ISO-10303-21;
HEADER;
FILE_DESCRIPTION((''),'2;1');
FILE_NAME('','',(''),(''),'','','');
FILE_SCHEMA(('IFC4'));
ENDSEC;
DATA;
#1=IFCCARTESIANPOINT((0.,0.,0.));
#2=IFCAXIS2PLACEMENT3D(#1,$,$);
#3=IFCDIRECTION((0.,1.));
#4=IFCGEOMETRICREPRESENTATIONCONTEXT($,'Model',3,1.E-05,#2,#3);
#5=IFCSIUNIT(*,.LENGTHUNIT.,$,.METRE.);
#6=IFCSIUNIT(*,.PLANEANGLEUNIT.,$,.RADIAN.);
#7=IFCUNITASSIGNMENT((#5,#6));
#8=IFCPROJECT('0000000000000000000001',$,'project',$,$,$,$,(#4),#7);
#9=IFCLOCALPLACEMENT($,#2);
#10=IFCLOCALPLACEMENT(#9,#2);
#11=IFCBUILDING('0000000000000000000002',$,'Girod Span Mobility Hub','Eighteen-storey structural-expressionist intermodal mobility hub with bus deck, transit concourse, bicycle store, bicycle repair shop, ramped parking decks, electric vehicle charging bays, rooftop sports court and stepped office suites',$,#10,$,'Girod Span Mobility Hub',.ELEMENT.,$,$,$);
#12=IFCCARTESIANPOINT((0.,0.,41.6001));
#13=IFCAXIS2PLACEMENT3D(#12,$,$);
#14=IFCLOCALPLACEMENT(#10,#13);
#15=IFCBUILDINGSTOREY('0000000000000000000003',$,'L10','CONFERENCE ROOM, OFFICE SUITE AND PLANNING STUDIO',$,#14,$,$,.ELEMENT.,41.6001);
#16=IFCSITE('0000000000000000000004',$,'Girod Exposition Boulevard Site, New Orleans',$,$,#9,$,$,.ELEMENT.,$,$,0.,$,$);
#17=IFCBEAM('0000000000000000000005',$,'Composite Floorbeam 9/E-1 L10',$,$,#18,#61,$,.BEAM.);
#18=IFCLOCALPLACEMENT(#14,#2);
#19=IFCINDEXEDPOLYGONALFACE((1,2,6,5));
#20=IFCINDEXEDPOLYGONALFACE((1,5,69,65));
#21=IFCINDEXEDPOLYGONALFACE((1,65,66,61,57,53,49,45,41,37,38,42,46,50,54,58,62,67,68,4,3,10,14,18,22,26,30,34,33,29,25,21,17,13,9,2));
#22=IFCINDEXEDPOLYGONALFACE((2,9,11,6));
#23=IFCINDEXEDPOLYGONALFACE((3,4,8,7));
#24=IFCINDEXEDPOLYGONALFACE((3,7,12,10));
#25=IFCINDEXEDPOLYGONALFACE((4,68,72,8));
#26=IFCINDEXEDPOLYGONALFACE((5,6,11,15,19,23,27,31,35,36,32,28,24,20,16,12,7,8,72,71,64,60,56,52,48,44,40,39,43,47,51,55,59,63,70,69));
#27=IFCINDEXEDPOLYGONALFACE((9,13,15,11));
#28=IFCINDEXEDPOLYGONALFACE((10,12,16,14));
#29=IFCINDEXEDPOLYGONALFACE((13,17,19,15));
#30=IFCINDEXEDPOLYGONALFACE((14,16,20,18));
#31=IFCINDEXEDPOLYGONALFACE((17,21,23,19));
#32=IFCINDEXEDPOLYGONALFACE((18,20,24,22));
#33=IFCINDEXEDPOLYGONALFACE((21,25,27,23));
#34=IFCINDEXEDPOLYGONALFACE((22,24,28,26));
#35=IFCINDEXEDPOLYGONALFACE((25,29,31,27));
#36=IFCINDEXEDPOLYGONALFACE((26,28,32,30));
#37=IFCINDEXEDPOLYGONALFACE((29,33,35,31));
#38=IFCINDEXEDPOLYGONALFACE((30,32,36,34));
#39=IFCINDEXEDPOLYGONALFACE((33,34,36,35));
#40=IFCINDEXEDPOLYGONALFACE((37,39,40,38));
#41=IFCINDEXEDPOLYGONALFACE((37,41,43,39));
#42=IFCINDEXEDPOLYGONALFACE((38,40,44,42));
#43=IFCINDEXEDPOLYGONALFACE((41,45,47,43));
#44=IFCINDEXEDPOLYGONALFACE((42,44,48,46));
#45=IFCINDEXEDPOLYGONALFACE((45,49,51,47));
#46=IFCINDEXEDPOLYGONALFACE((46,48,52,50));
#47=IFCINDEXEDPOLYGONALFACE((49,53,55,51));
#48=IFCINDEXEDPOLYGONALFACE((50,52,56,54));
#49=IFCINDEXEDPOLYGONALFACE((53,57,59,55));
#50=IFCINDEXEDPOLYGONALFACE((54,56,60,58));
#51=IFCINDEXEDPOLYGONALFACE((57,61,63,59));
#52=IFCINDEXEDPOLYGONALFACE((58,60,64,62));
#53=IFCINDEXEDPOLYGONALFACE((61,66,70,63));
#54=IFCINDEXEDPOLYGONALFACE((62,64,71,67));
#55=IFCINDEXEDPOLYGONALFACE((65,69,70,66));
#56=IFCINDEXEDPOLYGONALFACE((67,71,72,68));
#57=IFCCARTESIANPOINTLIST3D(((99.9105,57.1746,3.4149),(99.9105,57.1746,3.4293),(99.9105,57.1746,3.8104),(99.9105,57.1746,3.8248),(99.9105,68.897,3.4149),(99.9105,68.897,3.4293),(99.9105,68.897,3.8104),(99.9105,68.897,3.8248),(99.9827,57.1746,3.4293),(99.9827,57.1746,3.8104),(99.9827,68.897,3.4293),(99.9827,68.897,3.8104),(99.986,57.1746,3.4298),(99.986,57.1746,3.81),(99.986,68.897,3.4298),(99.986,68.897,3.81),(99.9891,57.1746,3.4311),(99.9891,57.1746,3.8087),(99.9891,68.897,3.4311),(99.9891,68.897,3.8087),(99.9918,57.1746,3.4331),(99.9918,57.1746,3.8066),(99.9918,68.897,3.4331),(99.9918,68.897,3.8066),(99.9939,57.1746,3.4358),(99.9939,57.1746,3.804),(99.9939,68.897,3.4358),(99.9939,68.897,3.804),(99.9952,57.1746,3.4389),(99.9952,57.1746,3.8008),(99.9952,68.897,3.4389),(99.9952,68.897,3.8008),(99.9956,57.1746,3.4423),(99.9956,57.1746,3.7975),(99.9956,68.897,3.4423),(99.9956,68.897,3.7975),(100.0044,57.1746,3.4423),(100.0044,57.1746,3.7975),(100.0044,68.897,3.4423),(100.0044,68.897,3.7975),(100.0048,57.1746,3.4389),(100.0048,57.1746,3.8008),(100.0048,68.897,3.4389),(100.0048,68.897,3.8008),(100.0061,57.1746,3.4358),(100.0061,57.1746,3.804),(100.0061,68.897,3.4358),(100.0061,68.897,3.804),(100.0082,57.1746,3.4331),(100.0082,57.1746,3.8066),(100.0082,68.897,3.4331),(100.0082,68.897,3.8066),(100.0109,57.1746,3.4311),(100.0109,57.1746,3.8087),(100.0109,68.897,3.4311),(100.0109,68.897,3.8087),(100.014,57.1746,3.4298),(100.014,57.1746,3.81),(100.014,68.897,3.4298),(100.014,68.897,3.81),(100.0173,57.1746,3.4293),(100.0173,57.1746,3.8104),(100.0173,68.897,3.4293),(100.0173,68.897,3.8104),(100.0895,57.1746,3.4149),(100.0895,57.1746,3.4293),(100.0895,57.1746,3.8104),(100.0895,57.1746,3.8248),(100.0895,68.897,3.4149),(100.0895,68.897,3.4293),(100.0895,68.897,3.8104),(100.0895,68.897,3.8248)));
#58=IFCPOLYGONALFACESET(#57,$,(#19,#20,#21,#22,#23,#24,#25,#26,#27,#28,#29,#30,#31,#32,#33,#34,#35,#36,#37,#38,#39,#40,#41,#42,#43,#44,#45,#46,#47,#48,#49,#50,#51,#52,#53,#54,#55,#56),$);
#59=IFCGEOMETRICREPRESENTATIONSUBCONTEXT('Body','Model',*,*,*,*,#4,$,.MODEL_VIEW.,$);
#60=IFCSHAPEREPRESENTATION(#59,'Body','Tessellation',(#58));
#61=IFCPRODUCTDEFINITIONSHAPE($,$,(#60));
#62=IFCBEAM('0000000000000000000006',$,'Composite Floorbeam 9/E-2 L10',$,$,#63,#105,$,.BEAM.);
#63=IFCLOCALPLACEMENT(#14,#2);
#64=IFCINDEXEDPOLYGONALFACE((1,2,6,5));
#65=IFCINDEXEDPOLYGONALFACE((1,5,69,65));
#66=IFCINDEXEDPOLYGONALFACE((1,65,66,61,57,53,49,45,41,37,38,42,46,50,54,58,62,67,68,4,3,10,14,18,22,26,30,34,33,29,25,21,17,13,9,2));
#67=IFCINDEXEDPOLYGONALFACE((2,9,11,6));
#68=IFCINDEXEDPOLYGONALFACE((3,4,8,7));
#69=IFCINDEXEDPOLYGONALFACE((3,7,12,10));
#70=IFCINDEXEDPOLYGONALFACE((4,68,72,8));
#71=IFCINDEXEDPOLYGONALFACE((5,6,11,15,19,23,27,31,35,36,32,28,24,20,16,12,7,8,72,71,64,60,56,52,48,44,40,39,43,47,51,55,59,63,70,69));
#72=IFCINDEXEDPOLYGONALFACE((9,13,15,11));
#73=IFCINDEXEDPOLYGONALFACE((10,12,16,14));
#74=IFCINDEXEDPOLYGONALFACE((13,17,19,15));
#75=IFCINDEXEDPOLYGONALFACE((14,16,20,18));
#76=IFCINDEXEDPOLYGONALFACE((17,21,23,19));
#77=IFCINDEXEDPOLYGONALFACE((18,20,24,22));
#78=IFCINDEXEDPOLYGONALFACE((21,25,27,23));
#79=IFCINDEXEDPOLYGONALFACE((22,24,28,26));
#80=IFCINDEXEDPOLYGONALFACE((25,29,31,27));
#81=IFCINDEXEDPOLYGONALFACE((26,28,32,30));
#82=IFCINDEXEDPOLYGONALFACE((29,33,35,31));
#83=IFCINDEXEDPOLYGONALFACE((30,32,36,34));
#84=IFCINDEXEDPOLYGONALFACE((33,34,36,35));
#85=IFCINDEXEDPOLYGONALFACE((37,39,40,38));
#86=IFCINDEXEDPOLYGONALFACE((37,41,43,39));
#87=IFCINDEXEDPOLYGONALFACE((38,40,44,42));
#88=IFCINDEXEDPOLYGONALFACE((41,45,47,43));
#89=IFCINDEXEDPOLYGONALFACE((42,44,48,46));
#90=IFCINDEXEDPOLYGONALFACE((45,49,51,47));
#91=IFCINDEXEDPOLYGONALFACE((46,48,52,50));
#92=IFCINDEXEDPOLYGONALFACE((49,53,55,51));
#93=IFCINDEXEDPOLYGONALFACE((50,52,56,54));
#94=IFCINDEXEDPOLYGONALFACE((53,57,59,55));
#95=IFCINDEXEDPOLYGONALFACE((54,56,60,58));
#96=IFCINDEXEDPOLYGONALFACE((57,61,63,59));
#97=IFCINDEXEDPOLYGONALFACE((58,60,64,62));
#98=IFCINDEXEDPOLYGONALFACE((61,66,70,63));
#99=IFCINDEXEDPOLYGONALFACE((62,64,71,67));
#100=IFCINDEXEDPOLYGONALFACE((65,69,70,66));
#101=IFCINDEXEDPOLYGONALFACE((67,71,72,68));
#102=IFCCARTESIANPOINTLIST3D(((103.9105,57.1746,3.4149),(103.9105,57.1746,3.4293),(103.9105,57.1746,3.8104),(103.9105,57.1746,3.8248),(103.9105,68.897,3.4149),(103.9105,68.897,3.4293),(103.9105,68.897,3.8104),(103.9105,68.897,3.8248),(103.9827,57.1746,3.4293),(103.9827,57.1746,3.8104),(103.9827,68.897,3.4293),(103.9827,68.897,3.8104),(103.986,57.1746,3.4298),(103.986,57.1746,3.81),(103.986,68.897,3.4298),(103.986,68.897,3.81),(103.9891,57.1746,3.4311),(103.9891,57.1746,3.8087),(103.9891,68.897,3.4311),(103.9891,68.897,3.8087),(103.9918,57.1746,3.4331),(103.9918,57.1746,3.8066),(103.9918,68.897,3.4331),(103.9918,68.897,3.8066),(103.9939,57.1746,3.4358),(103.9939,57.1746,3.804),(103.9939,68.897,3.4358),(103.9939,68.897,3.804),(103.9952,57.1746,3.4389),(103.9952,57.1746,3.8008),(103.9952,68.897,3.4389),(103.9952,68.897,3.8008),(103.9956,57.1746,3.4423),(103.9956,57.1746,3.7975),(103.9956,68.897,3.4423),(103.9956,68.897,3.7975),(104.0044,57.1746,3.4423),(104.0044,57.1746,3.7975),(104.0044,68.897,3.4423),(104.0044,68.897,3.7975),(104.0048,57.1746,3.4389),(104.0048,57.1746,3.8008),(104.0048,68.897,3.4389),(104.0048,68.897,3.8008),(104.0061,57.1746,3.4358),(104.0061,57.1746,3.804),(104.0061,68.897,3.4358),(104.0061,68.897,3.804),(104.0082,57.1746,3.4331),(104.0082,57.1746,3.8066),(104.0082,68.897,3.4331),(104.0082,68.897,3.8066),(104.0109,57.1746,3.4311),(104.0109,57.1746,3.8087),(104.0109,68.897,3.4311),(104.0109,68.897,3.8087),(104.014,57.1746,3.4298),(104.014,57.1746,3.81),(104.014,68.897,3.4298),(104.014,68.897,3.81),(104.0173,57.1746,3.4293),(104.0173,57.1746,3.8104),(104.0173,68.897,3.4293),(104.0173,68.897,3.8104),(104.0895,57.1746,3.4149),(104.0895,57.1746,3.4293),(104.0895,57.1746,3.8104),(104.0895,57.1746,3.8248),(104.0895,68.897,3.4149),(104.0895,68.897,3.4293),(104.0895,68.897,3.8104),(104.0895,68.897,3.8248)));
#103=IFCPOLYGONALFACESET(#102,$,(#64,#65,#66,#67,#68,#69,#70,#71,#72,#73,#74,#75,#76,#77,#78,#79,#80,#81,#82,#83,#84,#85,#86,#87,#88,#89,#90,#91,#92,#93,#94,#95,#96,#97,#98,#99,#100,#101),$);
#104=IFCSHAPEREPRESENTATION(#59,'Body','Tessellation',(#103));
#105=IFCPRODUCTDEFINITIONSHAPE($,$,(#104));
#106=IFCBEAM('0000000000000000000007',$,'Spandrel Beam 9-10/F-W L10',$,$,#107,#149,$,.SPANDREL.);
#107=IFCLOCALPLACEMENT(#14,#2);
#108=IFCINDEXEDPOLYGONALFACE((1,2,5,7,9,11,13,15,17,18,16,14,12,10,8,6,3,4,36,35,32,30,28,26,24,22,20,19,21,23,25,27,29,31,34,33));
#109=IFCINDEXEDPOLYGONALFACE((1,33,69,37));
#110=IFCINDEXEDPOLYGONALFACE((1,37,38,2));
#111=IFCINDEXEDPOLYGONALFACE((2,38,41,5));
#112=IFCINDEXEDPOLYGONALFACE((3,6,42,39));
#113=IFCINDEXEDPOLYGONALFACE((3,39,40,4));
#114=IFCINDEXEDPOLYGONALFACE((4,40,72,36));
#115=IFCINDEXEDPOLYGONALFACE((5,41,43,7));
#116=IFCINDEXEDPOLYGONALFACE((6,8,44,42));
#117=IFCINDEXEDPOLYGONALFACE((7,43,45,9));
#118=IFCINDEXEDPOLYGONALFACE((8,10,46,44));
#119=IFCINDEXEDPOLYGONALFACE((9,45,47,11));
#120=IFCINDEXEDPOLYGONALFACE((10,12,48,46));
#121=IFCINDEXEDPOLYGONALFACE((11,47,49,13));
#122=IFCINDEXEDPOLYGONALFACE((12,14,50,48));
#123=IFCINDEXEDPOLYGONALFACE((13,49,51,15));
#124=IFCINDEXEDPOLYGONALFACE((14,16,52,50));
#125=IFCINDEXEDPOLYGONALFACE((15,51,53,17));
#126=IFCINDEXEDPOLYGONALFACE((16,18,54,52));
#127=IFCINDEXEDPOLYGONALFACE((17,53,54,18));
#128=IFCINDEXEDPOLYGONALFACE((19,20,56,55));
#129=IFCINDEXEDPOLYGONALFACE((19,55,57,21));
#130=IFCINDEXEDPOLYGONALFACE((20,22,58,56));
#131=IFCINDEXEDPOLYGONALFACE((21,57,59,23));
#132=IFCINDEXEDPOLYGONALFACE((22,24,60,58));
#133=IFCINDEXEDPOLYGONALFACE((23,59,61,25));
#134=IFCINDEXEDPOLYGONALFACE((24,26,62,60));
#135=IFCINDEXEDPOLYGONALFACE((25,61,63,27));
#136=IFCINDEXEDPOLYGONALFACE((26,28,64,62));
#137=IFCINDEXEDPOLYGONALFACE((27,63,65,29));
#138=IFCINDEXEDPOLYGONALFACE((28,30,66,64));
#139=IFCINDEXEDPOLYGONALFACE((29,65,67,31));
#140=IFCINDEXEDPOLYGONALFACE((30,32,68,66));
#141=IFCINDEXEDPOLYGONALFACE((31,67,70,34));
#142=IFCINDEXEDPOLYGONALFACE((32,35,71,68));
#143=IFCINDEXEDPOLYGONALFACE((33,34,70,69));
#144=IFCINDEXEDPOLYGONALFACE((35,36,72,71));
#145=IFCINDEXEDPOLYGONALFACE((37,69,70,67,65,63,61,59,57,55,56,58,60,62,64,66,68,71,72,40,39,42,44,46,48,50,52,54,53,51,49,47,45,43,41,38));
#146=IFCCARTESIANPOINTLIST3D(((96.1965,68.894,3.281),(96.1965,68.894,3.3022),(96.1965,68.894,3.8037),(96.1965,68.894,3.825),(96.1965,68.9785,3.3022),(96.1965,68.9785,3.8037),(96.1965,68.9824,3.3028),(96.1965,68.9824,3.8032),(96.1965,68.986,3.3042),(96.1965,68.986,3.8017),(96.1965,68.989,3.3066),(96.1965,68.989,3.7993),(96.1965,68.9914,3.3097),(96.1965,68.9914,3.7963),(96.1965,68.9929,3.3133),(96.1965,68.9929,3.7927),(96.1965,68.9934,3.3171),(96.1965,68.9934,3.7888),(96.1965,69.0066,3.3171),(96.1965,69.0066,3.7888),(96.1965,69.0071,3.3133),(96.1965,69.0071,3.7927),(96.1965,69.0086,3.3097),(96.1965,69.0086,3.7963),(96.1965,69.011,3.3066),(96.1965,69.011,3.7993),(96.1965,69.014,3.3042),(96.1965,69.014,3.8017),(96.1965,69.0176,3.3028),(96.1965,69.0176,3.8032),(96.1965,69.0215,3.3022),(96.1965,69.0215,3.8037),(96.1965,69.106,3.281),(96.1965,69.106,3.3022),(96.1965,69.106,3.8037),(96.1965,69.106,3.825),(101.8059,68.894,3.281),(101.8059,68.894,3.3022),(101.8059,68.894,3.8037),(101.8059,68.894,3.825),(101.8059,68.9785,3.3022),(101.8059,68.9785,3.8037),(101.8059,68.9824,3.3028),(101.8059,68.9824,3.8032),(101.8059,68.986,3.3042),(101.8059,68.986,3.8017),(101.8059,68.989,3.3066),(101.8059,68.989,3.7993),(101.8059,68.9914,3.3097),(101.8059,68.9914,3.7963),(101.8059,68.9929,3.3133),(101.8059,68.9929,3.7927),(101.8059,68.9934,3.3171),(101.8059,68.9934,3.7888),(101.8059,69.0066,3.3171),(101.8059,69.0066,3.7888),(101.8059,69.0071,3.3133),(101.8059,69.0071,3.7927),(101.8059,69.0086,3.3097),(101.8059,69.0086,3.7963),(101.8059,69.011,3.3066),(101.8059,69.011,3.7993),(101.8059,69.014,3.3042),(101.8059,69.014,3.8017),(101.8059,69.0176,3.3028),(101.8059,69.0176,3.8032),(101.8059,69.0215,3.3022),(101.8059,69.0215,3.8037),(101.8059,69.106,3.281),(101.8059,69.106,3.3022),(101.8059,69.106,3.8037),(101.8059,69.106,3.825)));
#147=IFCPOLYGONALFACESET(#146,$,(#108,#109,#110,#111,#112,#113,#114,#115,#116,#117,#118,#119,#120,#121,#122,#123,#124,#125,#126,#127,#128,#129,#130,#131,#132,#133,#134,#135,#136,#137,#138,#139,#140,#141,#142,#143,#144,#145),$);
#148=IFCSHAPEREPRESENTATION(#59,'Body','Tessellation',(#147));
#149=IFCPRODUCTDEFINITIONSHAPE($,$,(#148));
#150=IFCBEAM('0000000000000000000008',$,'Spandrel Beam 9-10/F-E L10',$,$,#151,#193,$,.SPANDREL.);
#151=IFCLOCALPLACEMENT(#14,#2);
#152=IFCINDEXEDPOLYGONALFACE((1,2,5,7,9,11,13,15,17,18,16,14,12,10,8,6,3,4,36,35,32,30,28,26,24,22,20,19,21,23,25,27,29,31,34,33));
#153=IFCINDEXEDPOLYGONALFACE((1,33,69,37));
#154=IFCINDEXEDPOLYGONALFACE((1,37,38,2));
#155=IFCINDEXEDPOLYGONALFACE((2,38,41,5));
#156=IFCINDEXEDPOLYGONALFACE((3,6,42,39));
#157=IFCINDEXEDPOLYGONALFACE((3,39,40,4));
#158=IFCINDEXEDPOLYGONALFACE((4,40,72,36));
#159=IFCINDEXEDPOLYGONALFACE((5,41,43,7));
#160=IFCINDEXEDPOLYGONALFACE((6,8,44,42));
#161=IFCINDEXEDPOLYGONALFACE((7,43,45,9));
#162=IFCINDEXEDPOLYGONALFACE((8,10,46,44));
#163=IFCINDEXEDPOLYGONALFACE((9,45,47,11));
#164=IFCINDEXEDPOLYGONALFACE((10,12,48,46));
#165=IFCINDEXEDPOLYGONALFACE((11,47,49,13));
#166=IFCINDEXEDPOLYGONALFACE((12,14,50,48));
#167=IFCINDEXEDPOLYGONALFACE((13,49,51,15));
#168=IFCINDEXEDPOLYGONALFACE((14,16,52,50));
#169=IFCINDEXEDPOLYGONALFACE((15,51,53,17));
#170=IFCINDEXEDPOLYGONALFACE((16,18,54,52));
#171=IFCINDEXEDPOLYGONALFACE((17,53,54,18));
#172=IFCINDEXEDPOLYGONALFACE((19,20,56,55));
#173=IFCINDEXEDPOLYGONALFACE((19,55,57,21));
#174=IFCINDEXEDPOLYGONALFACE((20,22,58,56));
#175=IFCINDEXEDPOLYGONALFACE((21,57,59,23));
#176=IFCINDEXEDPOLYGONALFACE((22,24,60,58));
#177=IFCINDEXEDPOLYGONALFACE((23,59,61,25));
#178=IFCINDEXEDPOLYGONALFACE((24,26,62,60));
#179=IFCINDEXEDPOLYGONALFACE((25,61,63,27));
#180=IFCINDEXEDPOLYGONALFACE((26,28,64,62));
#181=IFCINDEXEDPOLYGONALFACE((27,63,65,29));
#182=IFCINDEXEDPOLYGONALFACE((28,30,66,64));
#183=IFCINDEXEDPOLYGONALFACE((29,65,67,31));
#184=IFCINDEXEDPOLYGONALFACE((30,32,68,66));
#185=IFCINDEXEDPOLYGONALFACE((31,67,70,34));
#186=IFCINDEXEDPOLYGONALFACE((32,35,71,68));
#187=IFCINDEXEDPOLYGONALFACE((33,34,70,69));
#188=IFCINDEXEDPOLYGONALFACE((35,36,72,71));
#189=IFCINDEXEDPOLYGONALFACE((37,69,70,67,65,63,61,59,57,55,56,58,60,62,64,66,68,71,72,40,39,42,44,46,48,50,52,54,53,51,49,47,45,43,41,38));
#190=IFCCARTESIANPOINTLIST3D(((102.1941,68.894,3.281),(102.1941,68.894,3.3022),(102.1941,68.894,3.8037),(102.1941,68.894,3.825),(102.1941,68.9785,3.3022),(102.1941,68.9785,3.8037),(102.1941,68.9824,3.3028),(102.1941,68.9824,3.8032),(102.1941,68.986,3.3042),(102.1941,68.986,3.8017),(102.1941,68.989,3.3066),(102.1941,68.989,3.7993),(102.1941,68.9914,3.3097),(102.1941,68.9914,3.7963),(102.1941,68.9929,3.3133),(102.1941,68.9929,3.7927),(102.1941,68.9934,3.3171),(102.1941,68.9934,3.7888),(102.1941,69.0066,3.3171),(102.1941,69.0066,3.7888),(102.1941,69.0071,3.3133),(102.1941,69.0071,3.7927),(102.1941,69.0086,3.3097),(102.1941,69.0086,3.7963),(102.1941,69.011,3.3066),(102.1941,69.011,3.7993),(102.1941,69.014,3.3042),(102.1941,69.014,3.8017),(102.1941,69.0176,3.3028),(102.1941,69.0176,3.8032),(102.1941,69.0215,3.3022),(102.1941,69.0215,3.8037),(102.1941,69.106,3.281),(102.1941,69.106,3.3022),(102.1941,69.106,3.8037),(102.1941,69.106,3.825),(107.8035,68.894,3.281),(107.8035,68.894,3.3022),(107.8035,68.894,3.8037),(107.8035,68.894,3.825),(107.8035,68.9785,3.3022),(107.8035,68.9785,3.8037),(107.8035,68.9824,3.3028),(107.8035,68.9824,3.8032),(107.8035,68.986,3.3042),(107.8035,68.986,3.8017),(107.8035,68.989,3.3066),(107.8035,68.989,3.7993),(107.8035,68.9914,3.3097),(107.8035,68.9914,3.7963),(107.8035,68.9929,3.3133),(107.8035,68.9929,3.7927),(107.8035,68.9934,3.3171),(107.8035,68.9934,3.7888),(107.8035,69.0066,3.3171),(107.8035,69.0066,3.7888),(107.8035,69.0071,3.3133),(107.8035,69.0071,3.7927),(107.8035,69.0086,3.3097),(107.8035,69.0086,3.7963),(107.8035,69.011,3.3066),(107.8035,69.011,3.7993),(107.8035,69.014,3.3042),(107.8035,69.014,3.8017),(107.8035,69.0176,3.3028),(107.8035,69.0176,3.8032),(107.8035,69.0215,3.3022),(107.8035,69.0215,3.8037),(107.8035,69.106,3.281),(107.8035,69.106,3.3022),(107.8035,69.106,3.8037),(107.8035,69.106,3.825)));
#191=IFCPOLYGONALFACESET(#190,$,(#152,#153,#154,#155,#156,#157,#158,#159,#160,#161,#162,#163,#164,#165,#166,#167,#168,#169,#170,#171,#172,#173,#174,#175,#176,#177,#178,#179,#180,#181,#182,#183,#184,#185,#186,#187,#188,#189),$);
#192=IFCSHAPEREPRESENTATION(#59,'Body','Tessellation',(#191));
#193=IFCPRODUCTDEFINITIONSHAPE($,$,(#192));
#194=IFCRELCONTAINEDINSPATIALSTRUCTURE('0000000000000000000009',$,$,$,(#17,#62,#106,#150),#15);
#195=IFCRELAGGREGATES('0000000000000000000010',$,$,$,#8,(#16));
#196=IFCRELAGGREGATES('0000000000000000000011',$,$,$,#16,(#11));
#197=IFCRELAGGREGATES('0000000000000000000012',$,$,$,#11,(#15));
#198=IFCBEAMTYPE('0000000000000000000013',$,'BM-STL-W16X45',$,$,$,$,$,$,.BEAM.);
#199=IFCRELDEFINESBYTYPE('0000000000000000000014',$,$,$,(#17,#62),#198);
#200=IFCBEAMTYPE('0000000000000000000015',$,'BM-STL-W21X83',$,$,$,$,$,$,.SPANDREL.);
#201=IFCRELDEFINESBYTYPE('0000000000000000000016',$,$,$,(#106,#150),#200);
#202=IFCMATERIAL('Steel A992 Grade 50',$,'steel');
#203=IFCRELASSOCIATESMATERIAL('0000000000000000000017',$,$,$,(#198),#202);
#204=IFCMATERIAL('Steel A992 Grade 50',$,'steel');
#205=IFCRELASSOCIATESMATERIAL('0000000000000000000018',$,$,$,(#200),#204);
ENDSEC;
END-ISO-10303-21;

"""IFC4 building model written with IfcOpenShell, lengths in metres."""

from ifc_helpers import new_model, si_unit, direction, frame, origin, origin_2d, place, context, subcontext, project, spatial, i_section, extrude, material, material_profile, profile_set, type_object, element, save


model = new_model("IFC4")

# Units and contexts
model_context = context("Model", 3, precision=1e-05, world=origin(), true_north=direction((0.0, 1.0)))
body_context = subcontext(model_context, "Body", "Model", "MODEL_VIEW")
ifc_project = project(units=[si_unit("LENGTHUNIT", "METRE"), si_unit("PLANEANGLEUNIT", "RADIAN")], contexts=[model_context])

# Site, building, storey
site_placement = place(None, origin())
site = spatial("IfcSite", under=ifc_project, at=site_placement, Name="Girod Exposition Boulevard Site, New Orleans", CompositionType="ELEMENT", RefElevation=0.0)
building_placement = place(site_placement, origin())
building = spatial("IfcBuilding", under=site, at=building_placement, Name="Girod Span Mobility Hub", Description="Eighteen-storey structural-expressionist intermodal mobility hub with bus deck, transit concourse, bicycle store, bicycle repair shop, ramped parking decks, electric vehicle charging bays, rooftop sports court and stepped office suites", LongName="Girod Span Mobility Hub", CompositionType="ELEMENT")
storey_placement = place(building_placement, frame((0.0, 0.0, 41.6001)))
storey = spatial("IfcBuildingStorey", under=building, at=storey_placement, Name="L10", Description="CONFERENCE ROOM, OFFICE SUITE AND PLANNING STUDIO", CompositionType="ELEMENT", Elevation=41.6001)

# Beams
ifc_material_1 = material(Name="Steel A992 Grade 50", Category="steel")
ifc_material_profile_1 = material_profile(ifc_material_1, i_section(OverallWidth=0.179, OverallDepth=0.4099, WebThickness=0.0088, FlangeThickness=0.0144, FilletRadius=0.0129, at=origin_2d()), Name="W16X45")
ifc_profile_set_1 = profile_set([ifc_material_profile_1], Name="Steel A992 Grade 50")
beam_type_1 = type_object("IfcBeamType", Name="BM-STL-W16X45", PredefinedType="BEAM", material=ifc_profile_set_1)
for number, where, z_axis, x_axis, name in (
    (1, (100.0, 57.1746, 3.6199), (0.0, 1.0, 0.0), (-1.0, 0.0, 0.0), "Composite Floorbeam 9/E-1 L10"),
    (2, (104.0, 57.1746, 3.6199), (0.0, 1.0, 0.0), (-1.0, 0.0, 0.0), "Composite Floorbeam 9/E-2 L10"),
):
    element("IfcBeam", number, at=place(storey_placement, frame(where, z_axis=z_axis, x_axis=x_axis)), inside=storey, type_object=beam_type_1, Name=name, PredefinedType="BEAM", context=body_context, shape_type="SweptSolid", body=[
        extrude(i_section(OverallWidth=0.179, OverallDepth=0.4099, WebThickness=0.0088, FlangeThickness=0.0144, FilletRadius=0.0129, at=origin_2d()), origin(), (0.0, 0.0, 1.0), 11.7224),
    ])
ifc_material_2 = material(Name="Steel A992 Grade 50", Category="steel")
ifc_material_profile_2 = material_profile(ifc_material_2, i_section(OverallWidth=0.2119, OverallDepth=0.5439, WebThickness=0.0132, FlangeThickness=0.0212, FilletRadius=0.0149, at=origin_2d()), Name="W21X83")
ifc_profile_set_2 = profile_set([ifc_material_profile_2], Name="Steel A992 Grade 50")
beam_type_2 = type_object("IfcBeamType", Name="BM-STL-W21X83", PredefinedType="SPANDREL", material=ifc_profile_set_2)
for number, where, z_axis, x_axis, name in (
    (3, (96.1965, 69.0, 3.553), (1.0, 0.0, 0.0), (0.0, 1.0, 0.0), "Spandrel Beam 9-10/F-W L10"),
    (4, (102.1941, 69.0, 3.553), (1.0, 0.0, 0.0), (0.0, 1.0, 0.0), "Spandrel Beam 9-10/F-E L10"),
):
    element("IfcBeam", number, at=place(storey_placement, frame(where, z_axis=z_axis, x_axis=x_axis)), inside=storey, type_object=beam_type_2, Name=name, PredefinedType="SPANDREL", context=body_context, shape_type="SweptSolid", body=[
        extrude(i_section(OverallWidth=0.2119, OverallDepth=0.5439, WebThickness=0.0132, FlangeThickness=0.0212, FilletRadius=0.0149, at=origin_2d()), origin(), (0.0, 0.0, 1.0), 5.6094),
    ])

save(model, "model.ifc")
